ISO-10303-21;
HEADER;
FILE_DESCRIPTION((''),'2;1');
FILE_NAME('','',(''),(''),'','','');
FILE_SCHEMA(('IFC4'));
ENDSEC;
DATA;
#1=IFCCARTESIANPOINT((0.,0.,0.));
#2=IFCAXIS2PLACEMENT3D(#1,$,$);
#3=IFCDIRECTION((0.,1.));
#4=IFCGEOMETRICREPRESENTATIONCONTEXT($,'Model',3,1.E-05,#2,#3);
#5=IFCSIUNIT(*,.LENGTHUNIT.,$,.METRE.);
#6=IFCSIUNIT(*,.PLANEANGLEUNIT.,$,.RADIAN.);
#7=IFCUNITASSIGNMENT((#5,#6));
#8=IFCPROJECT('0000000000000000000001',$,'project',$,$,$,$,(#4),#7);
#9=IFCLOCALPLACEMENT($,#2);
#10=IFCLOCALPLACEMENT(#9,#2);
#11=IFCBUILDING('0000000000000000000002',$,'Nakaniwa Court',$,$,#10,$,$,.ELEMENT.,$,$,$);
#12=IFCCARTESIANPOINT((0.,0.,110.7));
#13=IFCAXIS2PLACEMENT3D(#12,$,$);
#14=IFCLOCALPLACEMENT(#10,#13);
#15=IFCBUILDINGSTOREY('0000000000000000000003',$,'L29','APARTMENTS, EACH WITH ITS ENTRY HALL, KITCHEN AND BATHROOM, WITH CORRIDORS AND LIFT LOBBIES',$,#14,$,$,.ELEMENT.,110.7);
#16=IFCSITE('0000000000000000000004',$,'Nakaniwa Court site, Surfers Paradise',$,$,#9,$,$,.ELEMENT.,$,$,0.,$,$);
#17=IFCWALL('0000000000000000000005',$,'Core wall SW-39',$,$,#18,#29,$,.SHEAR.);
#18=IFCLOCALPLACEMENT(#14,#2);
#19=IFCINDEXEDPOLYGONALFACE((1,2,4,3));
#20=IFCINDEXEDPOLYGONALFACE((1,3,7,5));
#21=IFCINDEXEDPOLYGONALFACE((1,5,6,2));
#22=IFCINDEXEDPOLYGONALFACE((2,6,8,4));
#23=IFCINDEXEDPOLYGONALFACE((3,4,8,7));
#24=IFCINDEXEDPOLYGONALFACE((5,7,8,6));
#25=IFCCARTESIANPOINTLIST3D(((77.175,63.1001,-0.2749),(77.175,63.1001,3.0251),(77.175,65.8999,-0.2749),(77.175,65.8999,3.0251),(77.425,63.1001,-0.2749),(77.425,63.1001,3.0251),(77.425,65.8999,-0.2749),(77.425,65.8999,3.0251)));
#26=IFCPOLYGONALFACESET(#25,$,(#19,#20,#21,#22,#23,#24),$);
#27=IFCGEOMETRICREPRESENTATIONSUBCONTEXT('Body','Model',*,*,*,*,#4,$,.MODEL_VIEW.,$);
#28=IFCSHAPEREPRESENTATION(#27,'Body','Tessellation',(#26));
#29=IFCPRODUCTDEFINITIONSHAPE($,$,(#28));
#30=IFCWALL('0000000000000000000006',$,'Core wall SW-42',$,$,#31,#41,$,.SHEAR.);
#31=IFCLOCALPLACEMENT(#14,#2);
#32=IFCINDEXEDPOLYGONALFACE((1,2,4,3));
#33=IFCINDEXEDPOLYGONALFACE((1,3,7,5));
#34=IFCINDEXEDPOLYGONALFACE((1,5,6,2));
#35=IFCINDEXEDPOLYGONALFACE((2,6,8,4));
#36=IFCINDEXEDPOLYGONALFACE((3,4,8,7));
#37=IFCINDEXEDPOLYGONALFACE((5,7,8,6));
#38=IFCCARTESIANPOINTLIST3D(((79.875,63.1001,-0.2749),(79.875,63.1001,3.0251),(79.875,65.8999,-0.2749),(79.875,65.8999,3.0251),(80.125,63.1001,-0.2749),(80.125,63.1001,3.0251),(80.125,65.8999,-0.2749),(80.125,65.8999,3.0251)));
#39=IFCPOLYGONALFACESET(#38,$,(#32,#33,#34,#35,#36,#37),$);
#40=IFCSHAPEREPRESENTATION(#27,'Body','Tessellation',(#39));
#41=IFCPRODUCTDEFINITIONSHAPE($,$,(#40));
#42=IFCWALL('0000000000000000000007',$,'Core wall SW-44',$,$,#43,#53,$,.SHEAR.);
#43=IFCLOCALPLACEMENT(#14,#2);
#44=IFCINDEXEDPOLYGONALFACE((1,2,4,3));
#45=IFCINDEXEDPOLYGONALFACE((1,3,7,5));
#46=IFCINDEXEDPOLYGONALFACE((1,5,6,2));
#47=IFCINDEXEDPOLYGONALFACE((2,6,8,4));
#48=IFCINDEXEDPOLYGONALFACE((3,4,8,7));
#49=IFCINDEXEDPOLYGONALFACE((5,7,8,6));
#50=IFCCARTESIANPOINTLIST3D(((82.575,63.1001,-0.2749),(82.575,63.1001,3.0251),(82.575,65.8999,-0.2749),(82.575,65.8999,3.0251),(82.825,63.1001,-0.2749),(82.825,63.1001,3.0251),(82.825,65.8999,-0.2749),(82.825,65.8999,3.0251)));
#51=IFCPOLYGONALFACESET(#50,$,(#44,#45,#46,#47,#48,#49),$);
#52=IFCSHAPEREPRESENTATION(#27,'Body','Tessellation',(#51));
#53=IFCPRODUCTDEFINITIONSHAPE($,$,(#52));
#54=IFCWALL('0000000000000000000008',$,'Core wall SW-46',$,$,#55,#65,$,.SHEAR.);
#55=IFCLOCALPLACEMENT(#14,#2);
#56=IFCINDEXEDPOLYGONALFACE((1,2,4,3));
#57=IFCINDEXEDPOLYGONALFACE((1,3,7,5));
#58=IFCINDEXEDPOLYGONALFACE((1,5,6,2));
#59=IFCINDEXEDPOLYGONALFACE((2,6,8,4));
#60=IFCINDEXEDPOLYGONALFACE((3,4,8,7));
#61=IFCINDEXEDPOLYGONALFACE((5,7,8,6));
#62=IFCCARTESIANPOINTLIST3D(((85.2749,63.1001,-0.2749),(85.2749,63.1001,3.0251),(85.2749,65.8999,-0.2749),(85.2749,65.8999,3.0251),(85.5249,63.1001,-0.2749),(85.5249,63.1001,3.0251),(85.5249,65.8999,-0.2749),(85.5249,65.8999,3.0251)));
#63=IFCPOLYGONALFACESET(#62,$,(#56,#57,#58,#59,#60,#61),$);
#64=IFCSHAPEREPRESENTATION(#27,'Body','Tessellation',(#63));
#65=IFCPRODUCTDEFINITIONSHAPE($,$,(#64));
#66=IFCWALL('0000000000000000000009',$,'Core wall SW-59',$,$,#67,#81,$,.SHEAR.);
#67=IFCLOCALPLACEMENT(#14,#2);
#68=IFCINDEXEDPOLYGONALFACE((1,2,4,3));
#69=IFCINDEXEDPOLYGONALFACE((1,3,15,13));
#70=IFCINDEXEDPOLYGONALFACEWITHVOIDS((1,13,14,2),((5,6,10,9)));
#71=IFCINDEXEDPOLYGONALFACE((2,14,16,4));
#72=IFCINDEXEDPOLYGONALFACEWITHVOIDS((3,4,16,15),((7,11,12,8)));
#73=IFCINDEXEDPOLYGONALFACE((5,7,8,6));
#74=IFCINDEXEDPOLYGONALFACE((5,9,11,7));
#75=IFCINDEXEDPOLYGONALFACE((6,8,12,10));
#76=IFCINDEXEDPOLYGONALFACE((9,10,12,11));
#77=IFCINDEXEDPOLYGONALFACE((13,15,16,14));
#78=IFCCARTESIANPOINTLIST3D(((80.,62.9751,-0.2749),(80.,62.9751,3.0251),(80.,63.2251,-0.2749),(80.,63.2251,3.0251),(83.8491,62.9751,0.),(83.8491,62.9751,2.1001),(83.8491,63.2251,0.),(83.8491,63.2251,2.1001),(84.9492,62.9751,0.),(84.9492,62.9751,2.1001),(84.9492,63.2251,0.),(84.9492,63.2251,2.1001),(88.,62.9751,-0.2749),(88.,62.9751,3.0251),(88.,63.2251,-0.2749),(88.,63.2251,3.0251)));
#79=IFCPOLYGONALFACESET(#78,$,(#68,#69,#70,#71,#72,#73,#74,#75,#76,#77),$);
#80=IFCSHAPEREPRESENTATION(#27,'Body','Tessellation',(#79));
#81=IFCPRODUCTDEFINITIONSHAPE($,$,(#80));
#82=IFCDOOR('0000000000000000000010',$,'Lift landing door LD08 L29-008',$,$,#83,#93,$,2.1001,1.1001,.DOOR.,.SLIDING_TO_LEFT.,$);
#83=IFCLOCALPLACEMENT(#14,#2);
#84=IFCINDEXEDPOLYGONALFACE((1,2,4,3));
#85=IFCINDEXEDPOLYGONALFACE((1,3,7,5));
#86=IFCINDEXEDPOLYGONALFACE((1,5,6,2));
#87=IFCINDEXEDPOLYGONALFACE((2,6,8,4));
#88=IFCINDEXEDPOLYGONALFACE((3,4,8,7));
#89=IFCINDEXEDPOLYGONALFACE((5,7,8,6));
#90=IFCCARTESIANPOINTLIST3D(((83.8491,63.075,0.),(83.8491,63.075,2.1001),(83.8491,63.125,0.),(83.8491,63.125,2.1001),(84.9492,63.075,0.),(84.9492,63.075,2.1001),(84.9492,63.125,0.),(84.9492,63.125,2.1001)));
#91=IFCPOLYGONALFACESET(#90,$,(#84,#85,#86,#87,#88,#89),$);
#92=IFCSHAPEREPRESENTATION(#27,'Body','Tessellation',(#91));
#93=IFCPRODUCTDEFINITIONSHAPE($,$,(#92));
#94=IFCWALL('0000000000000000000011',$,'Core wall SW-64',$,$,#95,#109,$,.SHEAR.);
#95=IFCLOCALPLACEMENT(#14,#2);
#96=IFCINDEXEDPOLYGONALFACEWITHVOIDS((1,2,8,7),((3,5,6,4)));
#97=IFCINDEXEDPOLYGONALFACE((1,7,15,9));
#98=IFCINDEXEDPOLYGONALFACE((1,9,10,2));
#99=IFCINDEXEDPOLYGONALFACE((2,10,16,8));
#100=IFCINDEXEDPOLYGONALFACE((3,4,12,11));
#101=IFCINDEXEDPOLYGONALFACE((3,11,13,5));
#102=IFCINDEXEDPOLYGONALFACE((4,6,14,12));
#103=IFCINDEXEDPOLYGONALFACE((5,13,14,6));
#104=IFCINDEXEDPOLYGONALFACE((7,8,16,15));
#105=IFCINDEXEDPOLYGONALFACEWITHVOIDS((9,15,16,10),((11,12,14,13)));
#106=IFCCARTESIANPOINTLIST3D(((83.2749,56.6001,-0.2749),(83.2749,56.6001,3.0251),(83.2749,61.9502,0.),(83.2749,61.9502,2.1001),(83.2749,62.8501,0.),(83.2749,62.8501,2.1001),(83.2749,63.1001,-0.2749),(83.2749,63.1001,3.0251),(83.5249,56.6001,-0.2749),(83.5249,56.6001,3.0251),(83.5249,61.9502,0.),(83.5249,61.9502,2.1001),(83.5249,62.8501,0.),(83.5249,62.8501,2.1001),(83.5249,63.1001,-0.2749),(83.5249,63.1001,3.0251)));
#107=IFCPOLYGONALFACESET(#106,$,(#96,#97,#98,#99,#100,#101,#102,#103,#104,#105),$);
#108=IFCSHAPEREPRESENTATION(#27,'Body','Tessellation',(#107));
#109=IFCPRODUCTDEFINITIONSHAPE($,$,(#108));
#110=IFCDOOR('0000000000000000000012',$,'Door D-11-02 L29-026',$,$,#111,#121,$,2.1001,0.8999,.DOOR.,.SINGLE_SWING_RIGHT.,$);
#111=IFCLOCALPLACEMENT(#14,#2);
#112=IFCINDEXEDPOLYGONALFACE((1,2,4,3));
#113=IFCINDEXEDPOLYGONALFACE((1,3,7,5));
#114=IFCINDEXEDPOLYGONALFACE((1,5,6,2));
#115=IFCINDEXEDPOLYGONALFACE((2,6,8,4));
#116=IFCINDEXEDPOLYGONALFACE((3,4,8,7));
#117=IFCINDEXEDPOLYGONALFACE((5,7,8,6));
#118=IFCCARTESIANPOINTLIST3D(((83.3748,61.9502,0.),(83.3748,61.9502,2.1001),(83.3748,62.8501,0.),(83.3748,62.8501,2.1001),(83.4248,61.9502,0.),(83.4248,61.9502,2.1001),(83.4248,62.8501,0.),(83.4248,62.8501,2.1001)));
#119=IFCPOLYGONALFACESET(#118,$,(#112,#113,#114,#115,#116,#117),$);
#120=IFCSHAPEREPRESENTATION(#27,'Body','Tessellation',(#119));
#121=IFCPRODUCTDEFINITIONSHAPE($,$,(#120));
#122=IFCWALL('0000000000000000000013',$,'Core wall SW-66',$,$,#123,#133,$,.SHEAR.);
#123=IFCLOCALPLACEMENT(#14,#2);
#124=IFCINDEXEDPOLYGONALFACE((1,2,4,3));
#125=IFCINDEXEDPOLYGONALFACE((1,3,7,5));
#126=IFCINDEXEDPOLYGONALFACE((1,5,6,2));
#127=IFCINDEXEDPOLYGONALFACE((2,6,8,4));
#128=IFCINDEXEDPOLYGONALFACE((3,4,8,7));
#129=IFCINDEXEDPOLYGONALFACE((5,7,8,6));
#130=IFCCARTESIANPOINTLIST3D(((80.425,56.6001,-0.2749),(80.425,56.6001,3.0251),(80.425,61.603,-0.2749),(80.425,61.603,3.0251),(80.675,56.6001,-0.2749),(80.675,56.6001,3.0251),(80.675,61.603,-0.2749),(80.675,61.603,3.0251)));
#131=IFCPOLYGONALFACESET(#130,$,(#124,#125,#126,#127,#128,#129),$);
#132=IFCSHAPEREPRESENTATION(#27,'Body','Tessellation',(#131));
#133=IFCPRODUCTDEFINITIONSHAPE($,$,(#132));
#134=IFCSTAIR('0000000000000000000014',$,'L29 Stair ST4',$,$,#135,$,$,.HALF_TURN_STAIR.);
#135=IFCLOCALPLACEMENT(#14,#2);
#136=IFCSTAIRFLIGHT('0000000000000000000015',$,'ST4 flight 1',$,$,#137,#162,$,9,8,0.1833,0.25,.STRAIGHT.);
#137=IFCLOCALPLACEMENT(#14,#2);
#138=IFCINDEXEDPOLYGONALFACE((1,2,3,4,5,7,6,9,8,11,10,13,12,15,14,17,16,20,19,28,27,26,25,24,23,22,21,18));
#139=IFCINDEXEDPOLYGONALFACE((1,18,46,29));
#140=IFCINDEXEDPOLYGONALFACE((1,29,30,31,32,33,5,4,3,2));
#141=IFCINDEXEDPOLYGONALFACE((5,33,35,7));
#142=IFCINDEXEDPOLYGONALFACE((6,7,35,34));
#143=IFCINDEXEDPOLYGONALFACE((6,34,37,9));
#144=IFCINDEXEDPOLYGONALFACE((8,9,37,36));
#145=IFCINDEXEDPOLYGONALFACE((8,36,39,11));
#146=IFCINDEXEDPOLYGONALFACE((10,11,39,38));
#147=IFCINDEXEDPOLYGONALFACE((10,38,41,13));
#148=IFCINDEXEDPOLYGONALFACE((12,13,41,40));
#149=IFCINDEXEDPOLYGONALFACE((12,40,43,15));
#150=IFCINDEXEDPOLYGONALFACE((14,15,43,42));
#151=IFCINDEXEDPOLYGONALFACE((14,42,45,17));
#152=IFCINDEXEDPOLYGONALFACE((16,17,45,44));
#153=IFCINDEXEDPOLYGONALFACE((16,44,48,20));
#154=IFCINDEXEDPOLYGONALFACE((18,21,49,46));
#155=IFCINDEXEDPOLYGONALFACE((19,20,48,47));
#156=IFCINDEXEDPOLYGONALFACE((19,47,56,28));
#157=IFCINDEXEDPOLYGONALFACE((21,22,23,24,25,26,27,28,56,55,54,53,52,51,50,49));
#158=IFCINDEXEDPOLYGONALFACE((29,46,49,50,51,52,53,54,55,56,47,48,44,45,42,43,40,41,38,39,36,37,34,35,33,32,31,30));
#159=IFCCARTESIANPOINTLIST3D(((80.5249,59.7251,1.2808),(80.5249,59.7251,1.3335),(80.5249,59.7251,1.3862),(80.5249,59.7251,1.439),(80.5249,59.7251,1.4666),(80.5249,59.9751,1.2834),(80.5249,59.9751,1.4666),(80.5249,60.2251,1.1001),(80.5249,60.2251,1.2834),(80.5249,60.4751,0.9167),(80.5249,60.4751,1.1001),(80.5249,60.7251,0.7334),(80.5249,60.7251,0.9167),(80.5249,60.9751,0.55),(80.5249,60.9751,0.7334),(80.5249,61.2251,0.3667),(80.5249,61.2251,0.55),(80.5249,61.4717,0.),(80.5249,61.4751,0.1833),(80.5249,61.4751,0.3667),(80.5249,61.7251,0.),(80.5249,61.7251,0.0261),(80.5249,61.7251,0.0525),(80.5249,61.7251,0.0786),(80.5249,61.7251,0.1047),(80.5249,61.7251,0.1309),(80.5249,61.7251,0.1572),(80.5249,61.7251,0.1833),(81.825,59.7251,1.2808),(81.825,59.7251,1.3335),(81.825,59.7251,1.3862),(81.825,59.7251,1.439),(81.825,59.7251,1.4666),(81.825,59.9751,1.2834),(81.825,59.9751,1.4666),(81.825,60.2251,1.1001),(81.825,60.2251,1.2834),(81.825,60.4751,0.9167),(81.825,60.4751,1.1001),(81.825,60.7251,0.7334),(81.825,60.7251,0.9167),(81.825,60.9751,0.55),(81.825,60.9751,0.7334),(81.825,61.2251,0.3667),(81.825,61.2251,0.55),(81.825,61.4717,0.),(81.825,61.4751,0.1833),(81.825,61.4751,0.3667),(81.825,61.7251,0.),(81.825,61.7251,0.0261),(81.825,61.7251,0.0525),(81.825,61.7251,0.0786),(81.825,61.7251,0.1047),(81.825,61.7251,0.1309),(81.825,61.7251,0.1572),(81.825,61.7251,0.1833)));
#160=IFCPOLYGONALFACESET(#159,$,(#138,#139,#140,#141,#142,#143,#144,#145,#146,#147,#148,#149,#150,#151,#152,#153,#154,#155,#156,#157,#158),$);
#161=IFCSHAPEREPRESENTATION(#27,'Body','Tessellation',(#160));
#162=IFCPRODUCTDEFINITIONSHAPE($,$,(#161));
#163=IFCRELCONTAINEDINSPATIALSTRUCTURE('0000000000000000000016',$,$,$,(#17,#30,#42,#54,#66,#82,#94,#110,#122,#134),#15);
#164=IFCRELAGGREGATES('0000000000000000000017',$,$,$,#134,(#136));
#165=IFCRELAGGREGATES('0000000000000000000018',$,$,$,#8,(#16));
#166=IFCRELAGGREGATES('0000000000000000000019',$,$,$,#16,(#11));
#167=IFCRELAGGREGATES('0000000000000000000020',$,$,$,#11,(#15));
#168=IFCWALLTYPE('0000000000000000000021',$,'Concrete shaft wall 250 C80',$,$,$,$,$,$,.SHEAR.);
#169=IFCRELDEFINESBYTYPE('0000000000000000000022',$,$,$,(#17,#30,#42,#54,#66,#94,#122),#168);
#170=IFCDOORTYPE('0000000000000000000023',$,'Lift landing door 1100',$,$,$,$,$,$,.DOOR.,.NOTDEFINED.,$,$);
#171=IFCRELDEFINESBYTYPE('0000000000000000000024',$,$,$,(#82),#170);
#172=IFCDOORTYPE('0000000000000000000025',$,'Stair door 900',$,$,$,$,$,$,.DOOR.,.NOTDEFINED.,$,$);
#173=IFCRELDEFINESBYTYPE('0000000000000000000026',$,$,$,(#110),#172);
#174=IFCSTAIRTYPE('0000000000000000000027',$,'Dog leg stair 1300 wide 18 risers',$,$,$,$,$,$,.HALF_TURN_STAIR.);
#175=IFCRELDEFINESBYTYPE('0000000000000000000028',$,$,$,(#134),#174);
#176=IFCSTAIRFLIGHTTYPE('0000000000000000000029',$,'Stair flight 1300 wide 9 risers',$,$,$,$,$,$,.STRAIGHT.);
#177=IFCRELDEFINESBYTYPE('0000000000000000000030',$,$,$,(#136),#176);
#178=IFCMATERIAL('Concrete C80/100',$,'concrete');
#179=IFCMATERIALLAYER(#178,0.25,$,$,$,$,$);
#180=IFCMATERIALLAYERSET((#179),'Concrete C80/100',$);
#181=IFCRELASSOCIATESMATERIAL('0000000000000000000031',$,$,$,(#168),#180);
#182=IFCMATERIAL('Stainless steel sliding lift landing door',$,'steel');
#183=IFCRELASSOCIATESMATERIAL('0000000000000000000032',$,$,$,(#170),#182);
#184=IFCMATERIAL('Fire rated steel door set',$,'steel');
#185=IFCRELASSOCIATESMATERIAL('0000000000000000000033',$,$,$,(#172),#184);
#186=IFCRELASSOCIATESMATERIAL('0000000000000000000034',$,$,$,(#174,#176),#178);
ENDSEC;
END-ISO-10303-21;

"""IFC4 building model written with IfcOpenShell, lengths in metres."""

from ifc_helpers import new_model, si_unit, direction, frame, frame_2d, origin, place, context, subcontext, project, spatial, polyline, rectangle, outline, extrude, material, layer, layer_set, type_object, element, fill, aggregate, save


model = new_model("IFC4")

# Units and contexts
model_context = context("Model", 3, precision=1e-05, world=origin(), true_north=direction((0.0, 1.0)))
body_context = subcontext(model_context, "Body", "Model", "MODEL_VIEW")
ifc_project = project(units=[si_unit("LENGTHUNIT", "METRE"), si_unit("PLANEANGLEUNIT", "RADIAN")], contexts=[model_context])

# Site, building, storey
site_placement = place(None, origin())
site = spatial("IfcSite", under=ifc_project, at=site_placement, Name="Nakaniwa Court site, Surfers Paradise", CompositionType="ELEMENT", RefElevation=0.0)
building_placement = place(site_placement, origin())
building = spatial("IfcBuilding", under=site, at=building_placement, Name="Nakaniwa Court", CompositionType="ELEMENT")
storey_placement = place(building_placement, frame((0.0, 0.0, 110.7)))
storey = spatial("IfcBuildingStorey", under=building, at=storey_placement, Name="L29", Description="APARTMENTS, EACH WITH ITS ENTRY HALL, KITCHEN AND BATHROOM, WITH CORRIDORS AND LIFT LOBBIES", CompositionType="ELEMENT", Elevation=110.7)

# Shared definitions
ifc_material_1 = material(Name="Concrete C80/100", Category="concrete")

# Shared definitions
ifc_material_2 = material(Name="Fire rated steel door set", Category="steel")

# Walls
ifc_layer_1 = layer(ifc_material_1, 0.25)
ifc_layer_set_1 = layer_set([ifc_layer_1], Name="Concrete C80/100")
wall_type_1 = type_object("IfcWallType", Name="Concrete shaft wall 250 C80", PredefinedType="SHEAR", material=ifc_layer_set_1)
for number, where, z_axis, x_axis, name in (
    (1, (77.3, 63.1001, -0.2749), (0.0, 0.0, 1.0), (0.0, 1.0, 0.0), "Core wall SW-39"),
    (2, (80.0, 63.1001, -0.2749), (0.0, 0.0, 1.0), (0.0, 1.0, 0.0), "Core wall SW-42"),
    (3, (82.7, 63.1001, -0.2749), (0.0, 0.0, 1.0), (0.0, 1.0, 0.0), "Core wall SW-44"),
    (4, (85.3999, 63.1001, -0.2749), (0.0, 0.0, 1.0), (0.0, 1.0, 0.0), "Core wall SW-46"),
):
    element("IfcWall", number, at=place(storey_placement, frame(where, z_axis=z_axis, x_axis=x_axis)), inside=storey, type_object=wall_type_1, Name=name, PredefinedType="SHEAR", context=body_context, shape_type="SweptSolid", body=[
        extrude(rectangle(XDim=2.7998, YDim=0.25, at=frame_2d((1.3999, 0.0))), origin(), (0.0, 0.0, 1.0), 3.3),
    ])

# Walls, openings, doors
wall_1_placement = place(storey_placement, frame((80.0, 63.1001, -0.2749), z_axis=(0.0, 0.0, 1.0), x_axis=(1.0, 0.0, 0.0)))
wall_1 = element("IfcWall", 5, at=wall_1_placement, inside=storey, type_object=wall_type_1, Name="Core wall SW-59", PredefinedType="SHEAR", context=body_context, shape_type="SweptSolid", body=[
    extrude(rectangle(XDim=8.0, YDim=0.25, at=frame_2d((4.0, 0.0))), origin(), (0.0, 0.0, 1.0), 3.3),
])
opening_1_placement = place(wall_1_placement, frame((3.8491, 0.0, 0.2749)))
opening_1 = element("IfcOpeningElement", 6, at=opening_1_placement, cuts=wall_1, PredefinedType="OPENING", context=body_context, shape_type="SweptSolid", body=[
    extrude(rectangle(XDim=1.1001, YDim=2.1001, at=frame_2d((0.55, 1.05))), frame((0.0, 0.135, 0.0), z_axis=(0.0, -1.0, 0.0), x_axis=(1.0, 0.0, 0.0)), (0.0, 0.0, 1.0), 0.27),
])
ifc_material_3 = material(Name="Stainless steel sliding lift landing door", Category="steel")
door_type_1 = type_object("IfcDoorType", Name="Lift landing door 1100", OperationType="NOTDEFINED", PredefinedType="DOOR", material=ifc_material_3)
door_1_placement = place(opening_1_placement, origin())
door_1 = element("IfcDoor", 7, at=door_1_placement, inside=storey, type_object=door_type_1, Name="Lift landing door LD08 L29-008", OperationType="SLIDING_TO_LEFT", OverallHeight=2.1001, OverallWidth=1.1001, PredefinedType="DOOR", context=body_context, shape_type="SweptSolid", body=[
    extrude(rectangle(XDim=1.1001, YDim=2.1001, at=frame_2d((0.55, 1.05))), frame((0.0, 0.0249, 0.0), z_axis=(0.0, -1.0, 0.0), x_axis=(1.0, 0.0, 0.0)), (0.0, 0.0, 1.0), 0.05),
])
fill(opening_1, door_1)
wall_2_placement = place(storey_placement, frame((83.3999, 63.1001, -0.2749), z_axis=(0.0, 0.0, 1.0), x_axis=(0.0, -1.0, 0.0)))
wall_2 = element("IfcWall", 8, at=wall_2_placement, inside=storey, type_object=wall_type_1, Name="Core wall SW-64", PredefinedType="SHEAR", context=body_context, shape_type="SweptSolid", body=[
    extrude(rectangle(XDim=6.5, YDim=0.25, at=frame_2d((3.25, 0.0))), origin(), (0.0, 0.0, 1.0), 3.3),
])
opening_2_placement = place(wall_2_placement, frame((0.25, 0.0, 0.2749)))
opening_2 = element("IfcOpeningElement", 9, at=opening_2_placement, cuts=wall_2, PredefinedType="OPENING", context=body_context, shape_type="SweptSolid", body=[
    extrude(rectangle(XDim=0.8999, YDim=2.1001, at=frame_2d((0.45, 1.05))), frame((0.0, 0.135, 0.0), z_axis=(0.0, -1.0, 0.0), x_axis=(1.0, 0.0, 0.0)), (0.0, 0.0, 1.0), 0.27),
])
door_type_2 = type_object("IfcDoorType", Name="Stair door 900", OperationType="NOTDEFINED", PredefinedType="DOOR", material=ifc_material_2)
door_2_placement = place(opening_2_placement, origin())
door_2 = element("IfcDoor", 10, at=door_2_placement, inside=storey, type_object=door_type_2, Name="Door D-11-02 L29-026", OperationType="SINGLE_SWING_RIGHT", OverallHeight=2.1001, OverallWidth=0.8999, PredefinedType="DOOR", context=body_context, shape_type="SweptSolid", body=[
    extrude(rectangle(XDim=0.8999, YDim=2.1001, at=frame_2d((0.45, 1.05))), frame((0.0, 0.0249, 0.0), z_axis=(0.0, -1.0, 0.0), x_axis=(1.0, 0.0, 0.0)), (0.0, 0.0, 1.0), 0.05),
])
fill(opening_2, door_2)

# Wall
wall_3_placement = place(storey_placement, frame((80.55, 56.6001, -0.2749), z_axis=(0.0, 0.0, 1.0), x_axis=(0.0, 1.0, 0.0)))
element("IfcWall", 11, at=wall_3_placement, inside=storey, type_object=wall_type_1, Name="Core wall SW-66", PredefinedType="SHEAR", context=body_context, shape_type="SweptSolid", body=[
    extrude(rectangle(XDim=5.0029, YDim=0.25, at=frame_2d((2.5015, 0.0))), origin(), (0.0, 0.0, 1.0), 3.3),
])

# Stair, stair flight
stair_type = type_object("IfcStairType", Name="Dog leg stair 1300 wide 18 risers", PredefinedType="HALF_TURN_STAIR", material=ifc_material_1)
stair_placement = place(storey_placement, origin())
stair = element("IfcStair", 12, at=stair_placement, inside=storey, type_object=stair_type, Name="L29 Stair ST4", PredefinedType="HALF_TURN_STAIR")
stair_flight_type = type_object("IfcStairFlightType", Name="Stair flight 1300 wide 9 risers", PredefinedType="STRAIGHT", material=ifc_material_1)
stair_flight_1_placement = place(storey_placement, frame((81.175, 61.7251, 0.0), z_axis=(0.0, 0.0, 1.0), x_axis=(0.0, -1.0, 0.0)))
stair_flight_1 = element("IfcStairFlight", 13, at=stair_flight_1_placement, type_object=stair_flight_type, Name="ST4 flight 1", NumberOfRisers=9, NumberOfTreads=8, PredefinedType="STRAIGHT", RiserHeight=0.1833, TreadLength=0.25, context=body_context, shape_type="SweptSolid", body=[
    extrude(outline(polyline([(0.0, 0.0), (0.0, 0.0261), (0.0, 0.0525), (0.0, 0.0786), (0.0, 0.1047), (0.0, 0.1309), (0.0, 0.1572), (0.0, 0.1833), (0.25, 0.1833), (0.25, 0.3667), (0.5, 0.3667), (0.5, 0.55), (0.75, 0.55), (0.75, 0.7334), (1.0, 0.7334), (1.0, 0.9167), (1.25, 0.9167), (1.25, 1.1001), (1.5, 1.1001), (1.5, 1.2834), (1.75, 1.2834), (1.75, 1.4666), (2.0, 1.4666), (2.0, 1.6499), (2.0, 1.5972), (2.0, 1.5444), (2.0, 1.4917), (2.0, 1.439), (2.0, 1.3862), (2.0, 1.3335), (2.0, 1.2808), (0.2534, 0.0), (0.0, 0.0)])), frame((0.0, 0.6499, 0.0), z_axis=(0.0, -1.0, 0.0), x_axis=(1.0, 0.0, 0.0)), (0.0, 0.0, 1.0), 1.3),
])
aggregate(stair, [stair_flight_1])

save(model, "model.ifc")
